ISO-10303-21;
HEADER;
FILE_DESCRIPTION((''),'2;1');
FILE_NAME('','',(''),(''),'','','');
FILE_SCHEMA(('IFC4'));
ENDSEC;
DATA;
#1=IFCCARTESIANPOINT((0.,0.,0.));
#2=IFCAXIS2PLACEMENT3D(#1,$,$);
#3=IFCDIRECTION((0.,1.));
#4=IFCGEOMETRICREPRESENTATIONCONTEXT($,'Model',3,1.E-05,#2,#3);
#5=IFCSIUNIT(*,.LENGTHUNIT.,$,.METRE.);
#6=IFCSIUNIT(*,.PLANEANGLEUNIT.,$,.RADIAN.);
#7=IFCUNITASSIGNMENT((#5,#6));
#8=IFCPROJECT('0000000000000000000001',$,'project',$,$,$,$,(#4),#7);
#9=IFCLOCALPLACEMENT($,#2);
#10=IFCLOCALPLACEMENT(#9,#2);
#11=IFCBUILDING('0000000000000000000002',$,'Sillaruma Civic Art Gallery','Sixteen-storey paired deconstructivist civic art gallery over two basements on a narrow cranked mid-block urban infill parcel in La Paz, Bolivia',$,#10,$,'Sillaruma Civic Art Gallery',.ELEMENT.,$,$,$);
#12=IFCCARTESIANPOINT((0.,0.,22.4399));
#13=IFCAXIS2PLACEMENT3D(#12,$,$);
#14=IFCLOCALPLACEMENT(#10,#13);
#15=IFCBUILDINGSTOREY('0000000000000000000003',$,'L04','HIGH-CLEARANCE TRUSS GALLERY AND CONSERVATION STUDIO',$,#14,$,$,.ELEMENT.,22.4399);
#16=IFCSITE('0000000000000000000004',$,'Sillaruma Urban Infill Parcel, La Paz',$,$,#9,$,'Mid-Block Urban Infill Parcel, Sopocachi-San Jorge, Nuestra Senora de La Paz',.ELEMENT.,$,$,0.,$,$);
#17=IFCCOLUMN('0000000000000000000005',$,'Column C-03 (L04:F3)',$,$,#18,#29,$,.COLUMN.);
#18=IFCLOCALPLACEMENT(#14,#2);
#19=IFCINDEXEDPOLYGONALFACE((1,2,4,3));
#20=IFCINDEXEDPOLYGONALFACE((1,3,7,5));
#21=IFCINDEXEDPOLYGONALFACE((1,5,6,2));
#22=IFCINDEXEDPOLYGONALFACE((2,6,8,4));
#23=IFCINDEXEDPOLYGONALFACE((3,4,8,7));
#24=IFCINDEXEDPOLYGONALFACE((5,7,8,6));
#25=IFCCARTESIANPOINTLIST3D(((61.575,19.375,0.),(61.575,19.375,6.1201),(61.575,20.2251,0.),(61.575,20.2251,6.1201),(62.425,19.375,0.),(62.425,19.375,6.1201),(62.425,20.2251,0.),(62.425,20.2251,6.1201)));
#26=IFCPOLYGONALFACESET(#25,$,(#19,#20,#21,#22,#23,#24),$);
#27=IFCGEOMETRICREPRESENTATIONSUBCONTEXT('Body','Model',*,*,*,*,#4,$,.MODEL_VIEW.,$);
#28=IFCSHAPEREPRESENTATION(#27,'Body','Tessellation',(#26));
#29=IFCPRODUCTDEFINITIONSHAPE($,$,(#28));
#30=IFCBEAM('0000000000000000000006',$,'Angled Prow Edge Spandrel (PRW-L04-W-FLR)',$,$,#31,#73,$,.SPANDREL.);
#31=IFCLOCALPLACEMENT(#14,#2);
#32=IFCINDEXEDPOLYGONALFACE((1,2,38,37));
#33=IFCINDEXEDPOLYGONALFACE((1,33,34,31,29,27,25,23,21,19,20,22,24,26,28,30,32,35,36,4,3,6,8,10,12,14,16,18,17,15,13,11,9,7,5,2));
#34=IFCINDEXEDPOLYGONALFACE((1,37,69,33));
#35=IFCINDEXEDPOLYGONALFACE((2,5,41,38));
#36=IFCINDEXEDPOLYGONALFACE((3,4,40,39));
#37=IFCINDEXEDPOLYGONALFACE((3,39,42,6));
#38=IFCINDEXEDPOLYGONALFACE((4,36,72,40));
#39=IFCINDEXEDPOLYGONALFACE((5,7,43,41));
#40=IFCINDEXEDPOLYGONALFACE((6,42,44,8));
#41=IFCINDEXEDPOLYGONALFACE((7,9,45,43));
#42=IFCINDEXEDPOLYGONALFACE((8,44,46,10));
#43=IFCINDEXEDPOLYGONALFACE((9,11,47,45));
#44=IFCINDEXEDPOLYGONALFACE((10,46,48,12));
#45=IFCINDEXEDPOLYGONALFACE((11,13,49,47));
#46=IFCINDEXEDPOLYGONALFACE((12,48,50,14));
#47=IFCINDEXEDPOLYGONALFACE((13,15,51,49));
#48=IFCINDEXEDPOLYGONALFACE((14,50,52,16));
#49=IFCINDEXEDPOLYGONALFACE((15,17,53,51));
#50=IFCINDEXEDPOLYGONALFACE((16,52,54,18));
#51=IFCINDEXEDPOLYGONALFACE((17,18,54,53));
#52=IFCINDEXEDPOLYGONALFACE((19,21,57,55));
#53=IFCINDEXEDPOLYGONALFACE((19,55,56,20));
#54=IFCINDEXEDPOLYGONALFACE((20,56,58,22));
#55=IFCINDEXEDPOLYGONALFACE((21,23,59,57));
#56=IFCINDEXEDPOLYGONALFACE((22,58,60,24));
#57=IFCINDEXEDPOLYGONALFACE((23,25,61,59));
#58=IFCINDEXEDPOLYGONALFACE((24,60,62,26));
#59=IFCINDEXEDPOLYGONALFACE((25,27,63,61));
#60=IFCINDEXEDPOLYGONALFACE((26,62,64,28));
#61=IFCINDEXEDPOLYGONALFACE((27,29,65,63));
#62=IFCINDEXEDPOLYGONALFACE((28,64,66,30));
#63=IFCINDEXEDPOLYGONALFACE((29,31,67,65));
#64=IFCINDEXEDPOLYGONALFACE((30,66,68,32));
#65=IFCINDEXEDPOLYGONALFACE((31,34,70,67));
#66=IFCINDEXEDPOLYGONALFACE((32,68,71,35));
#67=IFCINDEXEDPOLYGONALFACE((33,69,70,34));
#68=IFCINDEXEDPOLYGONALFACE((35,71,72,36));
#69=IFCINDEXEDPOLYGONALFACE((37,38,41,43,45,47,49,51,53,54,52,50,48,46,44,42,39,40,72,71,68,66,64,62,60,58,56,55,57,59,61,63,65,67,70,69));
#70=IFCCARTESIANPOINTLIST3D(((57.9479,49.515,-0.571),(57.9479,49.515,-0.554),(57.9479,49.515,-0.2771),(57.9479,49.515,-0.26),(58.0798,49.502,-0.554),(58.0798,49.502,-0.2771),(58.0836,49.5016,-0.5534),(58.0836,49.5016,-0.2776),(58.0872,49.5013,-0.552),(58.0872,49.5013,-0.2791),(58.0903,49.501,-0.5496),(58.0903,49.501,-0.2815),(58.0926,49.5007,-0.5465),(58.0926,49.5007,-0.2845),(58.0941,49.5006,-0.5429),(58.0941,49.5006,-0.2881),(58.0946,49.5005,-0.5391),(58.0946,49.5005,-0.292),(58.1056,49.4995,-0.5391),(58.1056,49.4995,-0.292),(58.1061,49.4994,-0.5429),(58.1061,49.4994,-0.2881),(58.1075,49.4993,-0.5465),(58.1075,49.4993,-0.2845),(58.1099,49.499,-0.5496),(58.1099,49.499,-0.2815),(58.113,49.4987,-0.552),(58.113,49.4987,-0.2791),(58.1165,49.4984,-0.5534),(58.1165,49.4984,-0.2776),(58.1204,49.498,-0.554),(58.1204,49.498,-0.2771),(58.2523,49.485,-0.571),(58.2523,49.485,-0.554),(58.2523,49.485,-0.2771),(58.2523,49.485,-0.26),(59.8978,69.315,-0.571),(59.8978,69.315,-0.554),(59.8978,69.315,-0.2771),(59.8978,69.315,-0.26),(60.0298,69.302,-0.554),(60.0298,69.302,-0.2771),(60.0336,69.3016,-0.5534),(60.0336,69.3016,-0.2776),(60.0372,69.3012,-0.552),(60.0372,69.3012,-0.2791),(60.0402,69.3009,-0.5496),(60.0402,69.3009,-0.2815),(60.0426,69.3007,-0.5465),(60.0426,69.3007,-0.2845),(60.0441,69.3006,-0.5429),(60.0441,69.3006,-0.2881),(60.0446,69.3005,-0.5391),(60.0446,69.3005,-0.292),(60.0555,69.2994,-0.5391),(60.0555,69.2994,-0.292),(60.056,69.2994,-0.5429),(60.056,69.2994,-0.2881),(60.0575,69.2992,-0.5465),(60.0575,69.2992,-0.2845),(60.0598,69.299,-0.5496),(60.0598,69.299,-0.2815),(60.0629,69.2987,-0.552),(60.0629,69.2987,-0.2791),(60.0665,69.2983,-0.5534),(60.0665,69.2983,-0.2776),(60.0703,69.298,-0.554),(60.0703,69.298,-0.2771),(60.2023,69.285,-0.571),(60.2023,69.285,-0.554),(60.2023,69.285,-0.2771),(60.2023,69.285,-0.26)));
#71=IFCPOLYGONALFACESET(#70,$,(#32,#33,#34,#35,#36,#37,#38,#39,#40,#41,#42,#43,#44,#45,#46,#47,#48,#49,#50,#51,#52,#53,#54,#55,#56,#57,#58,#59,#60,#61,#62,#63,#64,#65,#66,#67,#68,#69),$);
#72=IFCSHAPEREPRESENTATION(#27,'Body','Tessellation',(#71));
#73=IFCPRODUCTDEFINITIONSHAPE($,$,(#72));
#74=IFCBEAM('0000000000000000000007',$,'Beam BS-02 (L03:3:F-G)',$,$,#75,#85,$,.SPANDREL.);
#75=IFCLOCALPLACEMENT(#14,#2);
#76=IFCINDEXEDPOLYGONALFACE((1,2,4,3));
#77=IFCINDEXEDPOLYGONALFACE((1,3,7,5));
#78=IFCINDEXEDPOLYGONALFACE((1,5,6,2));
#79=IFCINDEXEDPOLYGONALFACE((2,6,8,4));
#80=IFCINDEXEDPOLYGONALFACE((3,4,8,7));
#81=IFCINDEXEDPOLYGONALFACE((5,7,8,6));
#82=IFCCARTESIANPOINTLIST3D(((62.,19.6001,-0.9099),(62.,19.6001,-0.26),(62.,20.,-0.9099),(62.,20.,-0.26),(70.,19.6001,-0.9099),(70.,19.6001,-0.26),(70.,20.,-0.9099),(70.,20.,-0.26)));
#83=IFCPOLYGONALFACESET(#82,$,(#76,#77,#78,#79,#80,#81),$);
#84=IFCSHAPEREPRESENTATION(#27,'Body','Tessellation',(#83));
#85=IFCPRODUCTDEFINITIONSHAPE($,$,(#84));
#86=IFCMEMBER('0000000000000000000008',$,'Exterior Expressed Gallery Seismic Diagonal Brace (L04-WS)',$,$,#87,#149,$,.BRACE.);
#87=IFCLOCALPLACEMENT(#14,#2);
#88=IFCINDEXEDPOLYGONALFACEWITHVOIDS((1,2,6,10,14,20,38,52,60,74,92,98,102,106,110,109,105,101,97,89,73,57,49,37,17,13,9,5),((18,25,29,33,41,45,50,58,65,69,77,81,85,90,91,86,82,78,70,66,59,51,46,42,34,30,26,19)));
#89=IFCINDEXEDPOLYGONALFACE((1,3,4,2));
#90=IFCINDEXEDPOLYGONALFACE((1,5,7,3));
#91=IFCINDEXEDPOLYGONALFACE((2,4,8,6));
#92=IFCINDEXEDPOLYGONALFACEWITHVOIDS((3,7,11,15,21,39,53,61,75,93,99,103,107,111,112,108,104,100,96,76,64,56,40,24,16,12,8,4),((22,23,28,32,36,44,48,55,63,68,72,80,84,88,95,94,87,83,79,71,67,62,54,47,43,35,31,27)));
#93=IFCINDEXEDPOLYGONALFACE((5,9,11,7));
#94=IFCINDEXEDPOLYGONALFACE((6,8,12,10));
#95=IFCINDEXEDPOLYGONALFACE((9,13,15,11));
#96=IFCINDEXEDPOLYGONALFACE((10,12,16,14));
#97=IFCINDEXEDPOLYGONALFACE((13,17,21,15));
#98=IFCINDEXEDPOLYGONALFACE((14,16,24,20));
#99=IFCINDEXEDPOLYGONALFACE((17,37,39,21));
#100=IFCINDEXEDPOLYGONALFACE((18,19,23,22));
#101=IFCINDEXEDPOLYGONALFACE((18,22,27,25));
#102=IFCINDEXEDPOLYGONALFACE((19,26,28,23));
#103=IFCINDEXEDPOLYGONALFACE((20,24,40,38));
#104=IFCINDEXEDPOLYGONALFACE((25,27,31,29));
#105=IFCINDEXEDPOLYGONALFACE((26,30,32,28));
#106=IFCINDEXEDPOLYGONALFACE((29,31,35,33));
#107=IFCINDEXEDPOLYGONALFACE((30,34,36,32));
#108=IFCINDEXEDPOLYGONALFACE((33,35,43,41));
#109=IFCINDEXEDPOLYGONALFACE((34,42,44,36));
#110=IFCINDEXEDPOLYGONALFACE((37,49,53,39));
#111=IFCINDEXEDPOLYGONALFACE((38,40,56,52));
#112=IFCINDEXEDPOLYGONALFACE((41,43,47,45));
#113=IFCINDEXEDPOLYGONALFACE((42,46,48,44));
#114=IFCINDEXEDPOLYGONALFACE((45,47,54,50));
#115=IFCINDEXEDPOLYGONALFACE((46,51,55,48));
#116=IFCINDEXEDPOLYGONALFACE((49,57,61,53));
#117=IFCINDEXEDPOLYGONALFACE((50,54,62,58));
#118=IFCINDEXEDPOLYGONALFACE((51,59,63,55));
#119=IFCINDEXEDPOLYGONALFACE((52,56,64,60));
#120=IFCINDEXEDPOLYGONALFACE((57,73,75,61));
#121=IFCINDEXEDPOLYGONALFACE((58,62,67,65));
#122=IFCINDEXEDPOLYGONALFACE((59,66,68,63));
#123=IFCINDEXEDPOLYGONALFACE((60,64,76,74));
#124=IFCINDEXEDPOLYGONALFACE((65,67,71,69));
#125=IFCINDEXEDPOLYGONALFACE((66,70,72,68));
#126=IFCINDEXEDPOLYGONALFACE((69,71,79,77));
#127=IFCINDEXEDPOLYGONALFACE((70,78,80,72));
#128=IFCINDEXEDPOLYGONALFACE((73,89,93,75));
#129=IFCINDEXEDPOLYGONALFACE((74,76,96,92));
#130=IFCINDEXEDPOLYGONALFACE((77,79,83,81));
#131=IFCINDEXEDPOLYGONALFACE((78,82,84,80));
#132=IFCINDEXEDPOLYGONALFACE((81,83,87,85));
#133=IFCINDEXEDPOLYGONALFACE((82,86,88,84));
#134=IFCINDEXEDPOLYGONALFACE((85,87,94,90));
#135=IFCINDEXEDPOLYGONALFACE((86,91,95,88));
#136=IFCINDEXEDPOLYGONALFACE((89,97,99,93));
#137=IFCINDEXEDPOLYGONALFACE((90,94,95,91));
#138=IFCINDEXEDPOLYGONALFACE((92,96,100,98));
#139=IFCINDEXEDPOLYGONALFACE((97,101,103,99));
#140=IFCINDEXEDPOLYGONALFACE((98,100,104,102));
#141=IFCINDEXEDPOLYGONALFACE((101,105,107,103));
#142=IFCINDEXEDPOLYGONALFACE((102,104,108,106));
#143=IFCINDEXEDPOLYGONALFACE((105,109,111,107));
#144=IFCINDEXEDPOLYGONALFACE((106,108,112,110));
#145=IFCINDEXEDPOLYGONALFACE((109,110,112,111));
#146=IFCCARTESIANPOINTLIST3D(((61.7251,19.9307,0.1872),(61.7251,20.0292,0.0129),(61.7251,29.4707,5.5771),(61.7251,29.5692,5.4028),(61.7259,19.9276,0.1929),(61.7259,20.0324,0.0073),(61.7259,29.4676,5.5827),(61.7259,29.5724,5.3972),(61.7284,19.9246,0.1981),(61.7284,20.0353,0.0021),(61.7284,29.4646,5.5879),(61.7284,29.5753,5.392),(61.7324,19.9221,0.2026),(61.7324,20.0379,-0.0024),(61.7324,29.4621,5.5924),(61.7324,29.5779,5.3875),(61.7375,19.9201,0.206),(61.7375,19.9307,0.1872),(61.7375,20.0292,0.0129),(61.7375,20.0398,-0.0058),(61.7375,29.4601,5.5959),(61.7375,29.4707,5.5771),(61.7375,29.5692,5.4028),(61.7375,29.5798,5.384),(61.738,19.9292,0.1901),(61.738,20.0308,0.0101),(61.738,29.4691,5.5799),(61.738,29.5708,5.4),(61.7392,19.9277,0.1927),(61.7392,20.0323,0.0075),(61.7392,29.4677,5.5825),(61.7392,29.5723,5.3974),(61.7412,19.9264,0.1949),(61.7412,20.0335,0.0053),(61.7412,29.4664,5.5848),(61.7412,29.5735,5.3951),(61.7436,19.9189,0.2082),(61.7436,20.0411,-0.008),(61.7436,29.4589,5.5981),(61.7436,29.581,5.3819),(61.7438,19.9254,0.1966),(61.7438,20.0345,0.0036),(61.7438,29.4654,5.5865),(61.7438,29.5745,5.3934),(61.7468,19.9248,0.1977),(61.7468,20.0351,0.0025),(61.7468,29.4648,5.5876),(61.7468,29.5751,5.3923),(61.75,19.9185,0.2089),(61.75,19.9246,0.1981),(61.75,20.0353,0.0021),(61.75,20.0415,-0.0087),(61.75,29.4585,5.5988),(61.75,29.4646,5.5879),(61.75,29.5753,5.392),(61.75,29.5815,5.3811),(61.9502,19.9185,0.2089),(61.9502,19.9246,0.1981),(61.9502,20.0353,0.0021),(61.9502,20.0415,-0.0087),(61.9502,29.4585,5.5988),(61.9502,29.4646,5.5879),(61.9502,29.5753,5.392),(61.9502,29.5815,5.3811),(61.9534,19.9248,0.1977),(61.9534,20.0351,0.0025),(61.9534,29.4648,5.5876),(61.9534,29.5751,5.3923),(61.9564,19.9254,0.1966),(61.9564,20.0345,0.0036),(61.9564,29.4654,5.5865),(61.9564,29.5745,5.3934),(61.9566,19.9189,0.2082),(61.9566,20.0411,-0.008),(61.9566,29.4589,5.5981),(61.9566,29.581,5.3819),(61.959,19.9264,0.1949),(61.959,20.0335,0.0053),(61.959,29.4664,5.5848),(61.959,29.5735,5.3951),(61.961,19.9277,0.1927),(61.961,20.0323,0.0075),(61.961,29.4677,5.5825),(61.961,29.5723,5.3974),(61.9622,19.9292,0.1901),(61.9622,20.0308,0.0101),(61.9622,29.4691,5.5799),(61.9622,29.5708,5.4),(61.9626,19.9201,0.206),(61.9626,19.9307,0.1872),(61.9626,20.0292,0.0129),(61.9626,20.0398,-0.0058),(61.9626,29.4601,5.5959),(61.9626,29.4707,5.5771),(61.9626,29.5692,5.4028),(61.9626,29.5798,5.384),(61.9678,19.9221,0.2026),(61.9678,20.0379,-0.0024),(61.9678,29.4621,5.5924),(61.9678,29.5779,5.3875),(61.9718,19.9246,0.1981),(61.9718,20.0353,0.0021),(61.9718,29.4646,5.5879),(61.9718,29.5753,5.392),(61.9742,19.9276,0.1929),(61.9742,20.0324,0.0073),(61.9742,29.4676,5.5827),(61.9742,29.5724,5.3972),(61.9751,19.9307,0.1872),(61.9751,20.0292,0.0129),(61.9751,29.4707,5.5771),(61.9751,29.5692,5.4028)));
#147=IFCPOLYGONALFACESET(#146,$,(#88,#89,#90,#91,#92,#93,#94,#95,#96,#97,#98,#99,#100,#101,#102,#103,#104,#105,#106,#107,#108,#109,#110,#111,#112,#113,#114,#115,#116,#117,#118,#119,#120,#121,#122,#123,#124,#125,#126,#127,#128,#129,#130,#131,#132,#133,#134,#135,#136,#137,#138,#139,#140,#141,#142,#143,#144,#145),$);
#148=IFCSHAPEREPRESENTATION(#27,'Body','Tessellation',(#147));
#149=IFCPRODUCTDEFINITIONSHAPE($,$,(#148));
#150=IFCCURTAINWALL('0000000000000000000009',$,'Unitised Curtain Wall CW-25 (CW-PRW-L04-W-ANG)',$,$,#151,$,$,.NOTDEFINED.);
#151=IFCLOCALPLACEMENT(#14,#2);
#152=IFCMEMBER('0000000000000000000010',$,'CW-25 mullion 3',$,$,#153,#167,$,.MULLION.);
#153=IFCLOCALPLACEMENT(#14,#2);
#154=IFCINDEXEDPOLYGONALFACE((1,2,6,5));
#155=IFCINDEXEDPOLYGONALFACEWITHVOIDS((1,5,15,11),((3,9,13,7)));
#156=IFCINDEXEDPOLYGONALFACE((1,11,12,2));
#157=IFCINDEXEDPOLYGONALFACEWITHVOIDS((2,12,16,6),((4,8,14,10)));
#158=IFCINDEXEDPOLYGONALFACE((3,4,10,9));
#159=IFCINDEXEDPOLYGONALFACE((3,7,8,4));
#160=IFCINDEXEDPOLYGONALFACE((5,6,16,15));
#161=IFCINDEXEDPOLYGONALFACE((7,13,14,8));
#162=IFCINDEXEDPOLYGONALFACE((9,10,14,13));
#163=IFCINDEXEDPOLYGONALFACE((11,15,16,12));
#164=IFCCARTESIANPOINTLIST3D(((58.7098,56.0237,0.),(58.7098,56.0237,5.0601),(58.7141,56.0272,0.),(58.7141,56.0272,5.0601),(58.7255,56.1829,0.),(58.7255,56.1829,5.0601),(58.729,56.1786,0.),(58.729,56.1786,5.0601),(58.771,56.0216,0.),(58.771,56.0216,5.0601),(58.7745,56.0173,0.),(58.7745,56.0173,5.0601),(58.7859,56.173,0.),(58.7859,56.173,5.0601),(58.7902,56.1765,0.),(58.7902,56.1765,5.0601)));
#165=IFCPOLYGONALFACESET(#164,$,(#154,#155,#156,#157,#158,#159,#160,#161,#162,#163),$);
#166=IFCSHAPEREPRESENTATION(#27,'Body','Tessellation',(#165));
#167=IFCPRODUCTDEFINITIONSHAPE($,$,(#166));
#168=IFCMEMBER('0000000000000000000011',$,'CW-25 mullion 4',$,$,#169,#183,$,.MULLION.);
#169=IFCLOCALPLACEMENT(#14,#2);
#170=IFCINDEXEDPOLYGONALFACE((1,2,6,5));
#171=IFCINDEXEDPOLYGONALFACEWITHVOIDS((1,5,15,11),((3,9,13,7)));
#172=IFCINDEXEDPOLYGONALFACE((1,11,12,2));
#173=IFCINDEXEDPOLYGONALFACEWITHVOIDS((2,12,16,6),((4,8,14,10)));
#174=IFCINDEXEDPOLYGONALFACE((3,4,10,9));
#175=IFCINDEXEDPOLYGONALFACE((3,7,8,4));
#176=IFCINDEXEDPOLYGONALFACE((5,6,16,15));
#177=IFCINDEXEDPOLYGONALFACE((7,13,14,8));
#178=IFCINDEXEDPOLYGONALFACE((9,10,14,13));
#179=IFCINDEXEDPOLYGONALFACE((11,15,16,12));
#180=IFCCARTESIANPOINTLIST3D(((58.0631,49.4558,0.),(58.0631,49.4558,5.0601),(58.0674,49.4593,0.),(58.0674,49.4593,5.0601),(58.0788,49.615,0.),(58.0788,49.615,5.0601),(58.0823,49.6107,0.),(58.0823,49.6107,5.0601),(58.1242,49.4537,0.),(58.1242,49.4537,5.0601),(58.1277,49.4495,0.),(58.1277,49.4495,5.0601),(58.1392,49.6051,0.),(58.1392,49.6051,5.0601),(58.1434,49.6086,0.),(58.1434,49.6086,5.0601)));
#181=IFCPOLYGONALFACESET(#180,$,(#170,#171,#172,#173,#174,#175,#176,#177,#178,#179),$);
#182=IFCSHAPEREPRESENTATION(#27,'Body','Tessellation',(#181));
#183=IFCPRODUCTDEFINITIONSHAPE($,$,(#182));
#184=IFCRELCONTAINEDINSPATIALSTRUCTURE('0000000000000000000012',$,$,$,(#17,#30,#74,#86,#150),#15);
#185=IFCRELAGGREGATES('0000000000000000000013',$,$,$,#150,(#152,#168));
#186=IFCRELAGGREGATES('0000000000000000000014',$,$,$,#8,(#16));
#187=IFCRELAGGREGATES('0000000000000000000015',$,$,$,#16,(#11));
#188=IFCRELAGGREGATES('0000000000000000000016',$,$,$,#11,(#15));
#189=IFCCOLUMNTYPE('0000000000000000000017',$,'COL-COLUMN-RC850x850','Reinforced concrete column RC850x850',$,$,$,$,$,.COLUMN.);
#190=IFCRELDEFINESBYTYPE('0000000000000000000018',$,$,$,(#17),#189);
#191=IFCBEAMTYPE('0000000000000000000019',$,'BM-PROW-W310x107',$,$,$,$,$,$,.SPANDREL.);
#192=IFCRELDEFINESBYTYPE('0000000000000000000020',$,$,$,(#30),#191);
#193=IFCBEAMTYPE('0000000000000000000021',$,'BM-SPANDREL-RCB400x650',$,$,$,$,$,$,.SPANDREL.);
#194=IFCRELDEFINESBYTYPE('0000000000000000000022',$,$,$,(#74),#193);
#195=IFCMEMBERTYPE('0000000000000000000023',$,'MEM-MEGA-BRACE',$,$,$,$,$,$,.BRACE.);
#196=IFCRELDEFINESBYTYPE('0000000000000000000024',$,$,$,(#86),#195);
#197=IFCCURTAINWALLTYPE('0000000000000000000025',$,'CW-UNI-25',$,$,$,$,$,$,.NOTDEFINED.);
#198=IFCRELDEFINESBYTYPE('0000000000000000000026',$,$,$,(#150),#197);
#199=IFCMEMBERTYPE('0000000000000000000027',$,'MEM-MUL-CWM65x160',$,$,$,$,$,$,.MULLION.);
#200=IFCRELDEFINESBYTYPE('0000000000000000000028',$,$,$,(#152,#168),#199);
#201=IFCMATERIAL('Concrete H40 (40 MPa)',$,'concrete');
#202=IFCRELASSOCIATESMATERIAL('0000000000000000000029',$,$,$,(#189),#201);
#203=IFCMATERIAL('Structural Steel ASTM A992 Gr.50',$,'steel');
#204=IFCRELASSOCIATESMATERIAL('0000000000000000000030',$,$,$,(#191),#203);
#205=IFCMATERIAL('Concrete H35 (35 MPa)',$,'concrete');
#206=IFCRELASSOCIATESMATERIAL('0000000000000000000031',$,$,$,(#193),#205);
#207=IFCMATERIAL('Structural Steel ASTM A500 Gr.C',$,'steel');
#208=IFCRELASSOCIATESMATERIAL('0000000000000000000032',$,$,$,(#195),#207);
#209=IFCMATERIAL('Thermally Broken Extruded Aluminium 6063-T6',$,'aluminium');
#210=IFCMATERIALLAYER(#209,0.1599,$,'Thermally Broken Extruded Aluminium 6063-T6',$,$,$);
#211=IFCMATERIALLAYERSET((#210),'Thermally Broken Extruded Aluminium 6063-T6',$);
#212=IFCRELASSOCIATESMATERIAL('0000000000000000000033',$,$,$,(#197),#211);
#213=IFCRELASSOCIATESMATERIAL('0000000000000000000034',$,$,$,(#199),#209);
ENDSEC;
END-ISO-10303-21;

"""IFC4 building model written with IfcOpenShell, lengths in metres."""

from ifc_helpers import new_model, si_unit, direction, frame, origin, origin_2d, place, context, subcontext, project, spatial, rectangle, hollow_rectangle, i_section, extrude, material, layer, layer_set, material_profile, profile_set, type_object, element, aggregate, save


model = new_model("IFC4")

# Units and contexts
model_context = context("Model", 3, precision=1e-05, world=origin(), true_north=direction((0.0, 1.0)))
body_context = subcontext(model_context, "Body", "Model", "MODEL_VIEW")
ifc_project = project(units=[si_unit("LENGTHUNIT", "METRE"), si_unit("PLANEANGLEUNIT", "RADIAN")], contexts=[model_context])

# Site, building, storey
site_placement = place(None, origin())
site = spatial("IfcSite", under=ifc_project, at=site_placement, Name="Sillaruma Urban Infill Parcel, La Paz", LongName="Mid-Block Urban Infill Parcel, Sopocachi-San Jorge, Nuestra Senora de La Paz", CompositionType="ELEMENT", RefElevation=0.0)
building_placement = place(site_placement, origin())
building = spatial("IfcBuilding", under=site, at=building_placement, Name="Sillaruma Civic Art Gallery", Description="Sixteen-storey paired deconstructivist civic art gallery over two basements on a narrow cranked mid-block urban infill parcel in La Paz, Bolivia", LongName="Sillaruma Civic Art Gallery", CompositionType="ELEMENT")
storey_placement = place(building_placement, frame((0.0, 0.0, 22.4399)))
storey = spatial("IfcBuildingStorey", under=building, at=storey_placement, Name="L04", Description="HIGH-CLEARANCE TRUSS GALLERY AND CONSERVATION STUDIO", CompositionType="ELEMENT", Elevation=22.4399)

# Column
ifc_material_1 = material(Name="Concrete H40 (40 MPa)", Category="concrete")
ifc_material_profile_1 = material_profile(ifc_material_1, rectangle(XDim=0.8501, YDim=0.8501, at=origin_2d()), Name="RC850x850")
ifc_profile_set_1 = profile_set([ifc_material_profile_1], Name="Concrete H40 (40 MPa)")
column_type = type_object("IfcColumnType", Name="COL-COLUMN-RC850x850", Description="Reinforced concrete column RC850x850", PredefinedType="COLUMN", material=ifc_profile_set_1)
column_placement = place(storey_placement, frame((62.0, 19.8, 0.0), z_axis=(0.0, 0.0, 1.0), x_axis=(1.0, 0.0, 0.0)))
element("IfcColumn", 1, at=column_placement, inside=storey, type_object=column_type, Name="Column C-03 (L04:F3)", PredefinedType="COLUMN", context=body_context, shape_type="SweptSolid", body=[
    extrude(rectangle(XDim=0.8501, YDim=0.8501, at=origin_2d()), origin(), (0.0, 0.0, 1.0), 6.1201),
])

# Beams
ifc_material_2 = material(Name="Structural Steel ASTM A992 Gr.50", Category="steel")
ifc_material_profile_2 = material_profile(ifc_material_2, i_section(OverallWidth=0.3059, OverallDepth=0.311, WebThickness=0.011, FlangeThickness=0.0171, FilletRadius=0.0149, at=origin_2d()), Name="W310x107")
ifc_profile_set_2 = profile_set([ifc_material_profile_2], Name="Structural Steel ASTM A992 Gr.50")
beam_type_1 = type_object("IfcBeamType", Name="BM-PROW-W310x107", PredefinedType="SPANDREL", material=ifc_profile_set_2)
beam_1_placement = place(storey_placement, frame((58.1001, 49.5, -0.4155), z_axis=(0.098008, 0.995186, 0.0), x_axis=(-0.995186, 0.098008, 0.0)))
element("IfcBeam", 2, at=beam_1_placement, inside=storey, type_object=beam_type_1, Name="Angled Prow Edge Spandrel (PRW-L04-W-FLR)", PredefinedType="SPANDREL", context=body_context, shape_type="SweptSolid", body=[
    extrude(i_section(OverallWidth=0.3059, OverallDepth=0.311, WebThickness=0.011, FlangeThickness=0.0171, FilletRadius=0.0149, at=origin_2d()), origin(), (0.0, 0.0, 1.0), 19.8958),
])
ifc_material_3 = material(Name="Concrete H35 (35 MPa)", Category="concrete")
ifc_material_profile_3 = material_profile(ifc_material_3, rectangle(XDim=0.3999, YDim=0.6499, at=origin_2d()), Name="RCB400x650")
ifc_profile_set_3 = profile_set([ifc_material_profile_3], Name="Concrete H35 (35 MPa)")
beam_type_2 = type_object("IfcBeamType", Name="BM-SPANDREL-RCB400x650", PredefinedType="SPANDREL", material=ifc_profile_set_3)
beam_2_placement = place(storey_placement, frame((62.0, 19.8, -0.585), z_axis=(1.0, 0.0, 0.0), x_axis=(0.0, 1.0, 0.0)))
element("IfcBeam", 3, at=beam_2_placement, inside=storey, type_object=beam_type_2, Name="Beam BS-02 (L03:3:F-G)", PredefinedType="SPANDREL", context=body_context, shape_type="SweptSolid", body=[
    extrude(rectangle(XDim=0.3999, YDim=0.6499, at=origin_2d()), origin(), (0.0, 0.0, 1.0), 8.0),
])

# Member
ifc_material_4 = material(Name="Structural Steel ASTM A500 Gr.C", Category="steel")
ifc_material_profile_4 = material_profile(ifc_material_4, hollow_rectangle(XDim=0.25, YDim=0.25, WallThickness=0.0125, InnerFilletRadius=0.0125, OuterFilletRadius=0.0249, at=origin_2d()), Name="HSS250x250x12.5")
ifc_profile_set_4 = profile_set([ifc_material_profile_4], Name="Structural Steel ASTM A500 Gr.C")
member_type_1 = type_object("IfcMemberType", Name="MEM-MEGA-BRACE", PredefinedType="BRACE", material=ifc_profile_set_4)
member_1_placement = place(storey_placement, frame((61.8501, 19.98, 0.1001), z_axis=(0.0, 0.870653, 0.491898), x_axis=(-1.0, 0.0, 0.0)))
element("IfcMember", 4, at=member_1_placement, inside=storey, type_object=member_type_1, Name="Exterior Expressed Gallery Seismic Diagonal Brace (L04-WS)", PredefinedType="BRACE", context=body_context, shape_type="SweptSolid", body=[
    extrude(hollow_rectangle(XDim=0.25, YDim=0.25, WallThickness=0.0125, InnerFilletRadius=0.0125, OuterFilletRadius=0.0249, at=origin_2d()), origin(), (0.0, 0.0, 1.0), 10.9573),
])

# Curtain wall, members
ifc_material_5 = material(Name="Thermally Broken Extruded Aluminium 6063-T6", Category="aluminium")
ifc_layer_1 = layer(ifc_material_5, 0.1599, Name="Thermally Broken Extruded Aluminium 6063-T6")
ifc_layer_set_1 = layer_set([ifc_layer_1], Name="Thermally Broken Extruded Aluminium 6063-T6")
curtain_wall_type = type_object("IfcCurtainWallType", Name="CW-UNI-25", PredefinedType="NOTDEFINED", material=ifc_layer_set_1)
curtain_wall_placement = place(storey_placement, origin())
curtain_wall = element("IfcCurtainWall", 5, at=curtain_wall_placement, inside=storey, type_object=curtain_wall_type, Name="Unitised Curtain Wall CW-25 (CW-PRW-L04-W-ANG)", PredefinedType="NOTDEFINED")
ifc_material_profile_5 = material_profile(ifc_material_5, hollow_rectangle(XDim=0.0649, YDim=0.1599, WallThickness=0.0039, at=origin_2d()), Name="CWM65x160")
ifc_profile_set_5 = profile_set([ifc_material_profile_5], Name="Thermally Broken Extruded Aluminium 6063-T6")
member_type_2 = type_object("IfcMemberType", Name="MEM-MUL-CWM65x160", PredefinedType="MULLION", material=ifc_profile_set_5)
member_2_placement = place(storey_placement, frame((58.75, 56.1001, 0.0), z_axis=(0.0, 0.0, 1.0), x_axis=(0.995185, -0.098011, 0.0)))
member_2 = element("IfcMember", 6, at=member_2_placement, type_object=member_type_2, Name="CW-25 mullion 3", PredefinedType="MULLION", context=body_context, shape_type="SweptSolid", body=[
    extrude(hollow_rectangle(XDim=0.0649, YDim=0.1599, WallThickness=0.0039, at=origin_2d()), origin(), (0.0, 0.0, 1.0), 5.0601),
])
member_3_placement = place(storey_placement, frame((58.1033, 49.5322, 0.0), z_axis=(0.0, 0.0, 1.0), x_axis=(0.995185, -0.098011, 0.0)))
member_3 = element("IfcMember", 7, at=member_3_placement, type_object=member_type_2, Name="CW-25 mullion 4", PredefinedType="MULLION", context=body_context, shape_type="SweptSolid", body=[
    extrude(hollow_rectangle(XDim=0.0649, YDim=0.1599, WallThickness=0.0039, at=origin_2d()), origin(), (0.0, 0.0, 1.0), 5.0601),
])

aggregate(curtain_wall, [member_2, member_3])

save(model, "model.ifc")
